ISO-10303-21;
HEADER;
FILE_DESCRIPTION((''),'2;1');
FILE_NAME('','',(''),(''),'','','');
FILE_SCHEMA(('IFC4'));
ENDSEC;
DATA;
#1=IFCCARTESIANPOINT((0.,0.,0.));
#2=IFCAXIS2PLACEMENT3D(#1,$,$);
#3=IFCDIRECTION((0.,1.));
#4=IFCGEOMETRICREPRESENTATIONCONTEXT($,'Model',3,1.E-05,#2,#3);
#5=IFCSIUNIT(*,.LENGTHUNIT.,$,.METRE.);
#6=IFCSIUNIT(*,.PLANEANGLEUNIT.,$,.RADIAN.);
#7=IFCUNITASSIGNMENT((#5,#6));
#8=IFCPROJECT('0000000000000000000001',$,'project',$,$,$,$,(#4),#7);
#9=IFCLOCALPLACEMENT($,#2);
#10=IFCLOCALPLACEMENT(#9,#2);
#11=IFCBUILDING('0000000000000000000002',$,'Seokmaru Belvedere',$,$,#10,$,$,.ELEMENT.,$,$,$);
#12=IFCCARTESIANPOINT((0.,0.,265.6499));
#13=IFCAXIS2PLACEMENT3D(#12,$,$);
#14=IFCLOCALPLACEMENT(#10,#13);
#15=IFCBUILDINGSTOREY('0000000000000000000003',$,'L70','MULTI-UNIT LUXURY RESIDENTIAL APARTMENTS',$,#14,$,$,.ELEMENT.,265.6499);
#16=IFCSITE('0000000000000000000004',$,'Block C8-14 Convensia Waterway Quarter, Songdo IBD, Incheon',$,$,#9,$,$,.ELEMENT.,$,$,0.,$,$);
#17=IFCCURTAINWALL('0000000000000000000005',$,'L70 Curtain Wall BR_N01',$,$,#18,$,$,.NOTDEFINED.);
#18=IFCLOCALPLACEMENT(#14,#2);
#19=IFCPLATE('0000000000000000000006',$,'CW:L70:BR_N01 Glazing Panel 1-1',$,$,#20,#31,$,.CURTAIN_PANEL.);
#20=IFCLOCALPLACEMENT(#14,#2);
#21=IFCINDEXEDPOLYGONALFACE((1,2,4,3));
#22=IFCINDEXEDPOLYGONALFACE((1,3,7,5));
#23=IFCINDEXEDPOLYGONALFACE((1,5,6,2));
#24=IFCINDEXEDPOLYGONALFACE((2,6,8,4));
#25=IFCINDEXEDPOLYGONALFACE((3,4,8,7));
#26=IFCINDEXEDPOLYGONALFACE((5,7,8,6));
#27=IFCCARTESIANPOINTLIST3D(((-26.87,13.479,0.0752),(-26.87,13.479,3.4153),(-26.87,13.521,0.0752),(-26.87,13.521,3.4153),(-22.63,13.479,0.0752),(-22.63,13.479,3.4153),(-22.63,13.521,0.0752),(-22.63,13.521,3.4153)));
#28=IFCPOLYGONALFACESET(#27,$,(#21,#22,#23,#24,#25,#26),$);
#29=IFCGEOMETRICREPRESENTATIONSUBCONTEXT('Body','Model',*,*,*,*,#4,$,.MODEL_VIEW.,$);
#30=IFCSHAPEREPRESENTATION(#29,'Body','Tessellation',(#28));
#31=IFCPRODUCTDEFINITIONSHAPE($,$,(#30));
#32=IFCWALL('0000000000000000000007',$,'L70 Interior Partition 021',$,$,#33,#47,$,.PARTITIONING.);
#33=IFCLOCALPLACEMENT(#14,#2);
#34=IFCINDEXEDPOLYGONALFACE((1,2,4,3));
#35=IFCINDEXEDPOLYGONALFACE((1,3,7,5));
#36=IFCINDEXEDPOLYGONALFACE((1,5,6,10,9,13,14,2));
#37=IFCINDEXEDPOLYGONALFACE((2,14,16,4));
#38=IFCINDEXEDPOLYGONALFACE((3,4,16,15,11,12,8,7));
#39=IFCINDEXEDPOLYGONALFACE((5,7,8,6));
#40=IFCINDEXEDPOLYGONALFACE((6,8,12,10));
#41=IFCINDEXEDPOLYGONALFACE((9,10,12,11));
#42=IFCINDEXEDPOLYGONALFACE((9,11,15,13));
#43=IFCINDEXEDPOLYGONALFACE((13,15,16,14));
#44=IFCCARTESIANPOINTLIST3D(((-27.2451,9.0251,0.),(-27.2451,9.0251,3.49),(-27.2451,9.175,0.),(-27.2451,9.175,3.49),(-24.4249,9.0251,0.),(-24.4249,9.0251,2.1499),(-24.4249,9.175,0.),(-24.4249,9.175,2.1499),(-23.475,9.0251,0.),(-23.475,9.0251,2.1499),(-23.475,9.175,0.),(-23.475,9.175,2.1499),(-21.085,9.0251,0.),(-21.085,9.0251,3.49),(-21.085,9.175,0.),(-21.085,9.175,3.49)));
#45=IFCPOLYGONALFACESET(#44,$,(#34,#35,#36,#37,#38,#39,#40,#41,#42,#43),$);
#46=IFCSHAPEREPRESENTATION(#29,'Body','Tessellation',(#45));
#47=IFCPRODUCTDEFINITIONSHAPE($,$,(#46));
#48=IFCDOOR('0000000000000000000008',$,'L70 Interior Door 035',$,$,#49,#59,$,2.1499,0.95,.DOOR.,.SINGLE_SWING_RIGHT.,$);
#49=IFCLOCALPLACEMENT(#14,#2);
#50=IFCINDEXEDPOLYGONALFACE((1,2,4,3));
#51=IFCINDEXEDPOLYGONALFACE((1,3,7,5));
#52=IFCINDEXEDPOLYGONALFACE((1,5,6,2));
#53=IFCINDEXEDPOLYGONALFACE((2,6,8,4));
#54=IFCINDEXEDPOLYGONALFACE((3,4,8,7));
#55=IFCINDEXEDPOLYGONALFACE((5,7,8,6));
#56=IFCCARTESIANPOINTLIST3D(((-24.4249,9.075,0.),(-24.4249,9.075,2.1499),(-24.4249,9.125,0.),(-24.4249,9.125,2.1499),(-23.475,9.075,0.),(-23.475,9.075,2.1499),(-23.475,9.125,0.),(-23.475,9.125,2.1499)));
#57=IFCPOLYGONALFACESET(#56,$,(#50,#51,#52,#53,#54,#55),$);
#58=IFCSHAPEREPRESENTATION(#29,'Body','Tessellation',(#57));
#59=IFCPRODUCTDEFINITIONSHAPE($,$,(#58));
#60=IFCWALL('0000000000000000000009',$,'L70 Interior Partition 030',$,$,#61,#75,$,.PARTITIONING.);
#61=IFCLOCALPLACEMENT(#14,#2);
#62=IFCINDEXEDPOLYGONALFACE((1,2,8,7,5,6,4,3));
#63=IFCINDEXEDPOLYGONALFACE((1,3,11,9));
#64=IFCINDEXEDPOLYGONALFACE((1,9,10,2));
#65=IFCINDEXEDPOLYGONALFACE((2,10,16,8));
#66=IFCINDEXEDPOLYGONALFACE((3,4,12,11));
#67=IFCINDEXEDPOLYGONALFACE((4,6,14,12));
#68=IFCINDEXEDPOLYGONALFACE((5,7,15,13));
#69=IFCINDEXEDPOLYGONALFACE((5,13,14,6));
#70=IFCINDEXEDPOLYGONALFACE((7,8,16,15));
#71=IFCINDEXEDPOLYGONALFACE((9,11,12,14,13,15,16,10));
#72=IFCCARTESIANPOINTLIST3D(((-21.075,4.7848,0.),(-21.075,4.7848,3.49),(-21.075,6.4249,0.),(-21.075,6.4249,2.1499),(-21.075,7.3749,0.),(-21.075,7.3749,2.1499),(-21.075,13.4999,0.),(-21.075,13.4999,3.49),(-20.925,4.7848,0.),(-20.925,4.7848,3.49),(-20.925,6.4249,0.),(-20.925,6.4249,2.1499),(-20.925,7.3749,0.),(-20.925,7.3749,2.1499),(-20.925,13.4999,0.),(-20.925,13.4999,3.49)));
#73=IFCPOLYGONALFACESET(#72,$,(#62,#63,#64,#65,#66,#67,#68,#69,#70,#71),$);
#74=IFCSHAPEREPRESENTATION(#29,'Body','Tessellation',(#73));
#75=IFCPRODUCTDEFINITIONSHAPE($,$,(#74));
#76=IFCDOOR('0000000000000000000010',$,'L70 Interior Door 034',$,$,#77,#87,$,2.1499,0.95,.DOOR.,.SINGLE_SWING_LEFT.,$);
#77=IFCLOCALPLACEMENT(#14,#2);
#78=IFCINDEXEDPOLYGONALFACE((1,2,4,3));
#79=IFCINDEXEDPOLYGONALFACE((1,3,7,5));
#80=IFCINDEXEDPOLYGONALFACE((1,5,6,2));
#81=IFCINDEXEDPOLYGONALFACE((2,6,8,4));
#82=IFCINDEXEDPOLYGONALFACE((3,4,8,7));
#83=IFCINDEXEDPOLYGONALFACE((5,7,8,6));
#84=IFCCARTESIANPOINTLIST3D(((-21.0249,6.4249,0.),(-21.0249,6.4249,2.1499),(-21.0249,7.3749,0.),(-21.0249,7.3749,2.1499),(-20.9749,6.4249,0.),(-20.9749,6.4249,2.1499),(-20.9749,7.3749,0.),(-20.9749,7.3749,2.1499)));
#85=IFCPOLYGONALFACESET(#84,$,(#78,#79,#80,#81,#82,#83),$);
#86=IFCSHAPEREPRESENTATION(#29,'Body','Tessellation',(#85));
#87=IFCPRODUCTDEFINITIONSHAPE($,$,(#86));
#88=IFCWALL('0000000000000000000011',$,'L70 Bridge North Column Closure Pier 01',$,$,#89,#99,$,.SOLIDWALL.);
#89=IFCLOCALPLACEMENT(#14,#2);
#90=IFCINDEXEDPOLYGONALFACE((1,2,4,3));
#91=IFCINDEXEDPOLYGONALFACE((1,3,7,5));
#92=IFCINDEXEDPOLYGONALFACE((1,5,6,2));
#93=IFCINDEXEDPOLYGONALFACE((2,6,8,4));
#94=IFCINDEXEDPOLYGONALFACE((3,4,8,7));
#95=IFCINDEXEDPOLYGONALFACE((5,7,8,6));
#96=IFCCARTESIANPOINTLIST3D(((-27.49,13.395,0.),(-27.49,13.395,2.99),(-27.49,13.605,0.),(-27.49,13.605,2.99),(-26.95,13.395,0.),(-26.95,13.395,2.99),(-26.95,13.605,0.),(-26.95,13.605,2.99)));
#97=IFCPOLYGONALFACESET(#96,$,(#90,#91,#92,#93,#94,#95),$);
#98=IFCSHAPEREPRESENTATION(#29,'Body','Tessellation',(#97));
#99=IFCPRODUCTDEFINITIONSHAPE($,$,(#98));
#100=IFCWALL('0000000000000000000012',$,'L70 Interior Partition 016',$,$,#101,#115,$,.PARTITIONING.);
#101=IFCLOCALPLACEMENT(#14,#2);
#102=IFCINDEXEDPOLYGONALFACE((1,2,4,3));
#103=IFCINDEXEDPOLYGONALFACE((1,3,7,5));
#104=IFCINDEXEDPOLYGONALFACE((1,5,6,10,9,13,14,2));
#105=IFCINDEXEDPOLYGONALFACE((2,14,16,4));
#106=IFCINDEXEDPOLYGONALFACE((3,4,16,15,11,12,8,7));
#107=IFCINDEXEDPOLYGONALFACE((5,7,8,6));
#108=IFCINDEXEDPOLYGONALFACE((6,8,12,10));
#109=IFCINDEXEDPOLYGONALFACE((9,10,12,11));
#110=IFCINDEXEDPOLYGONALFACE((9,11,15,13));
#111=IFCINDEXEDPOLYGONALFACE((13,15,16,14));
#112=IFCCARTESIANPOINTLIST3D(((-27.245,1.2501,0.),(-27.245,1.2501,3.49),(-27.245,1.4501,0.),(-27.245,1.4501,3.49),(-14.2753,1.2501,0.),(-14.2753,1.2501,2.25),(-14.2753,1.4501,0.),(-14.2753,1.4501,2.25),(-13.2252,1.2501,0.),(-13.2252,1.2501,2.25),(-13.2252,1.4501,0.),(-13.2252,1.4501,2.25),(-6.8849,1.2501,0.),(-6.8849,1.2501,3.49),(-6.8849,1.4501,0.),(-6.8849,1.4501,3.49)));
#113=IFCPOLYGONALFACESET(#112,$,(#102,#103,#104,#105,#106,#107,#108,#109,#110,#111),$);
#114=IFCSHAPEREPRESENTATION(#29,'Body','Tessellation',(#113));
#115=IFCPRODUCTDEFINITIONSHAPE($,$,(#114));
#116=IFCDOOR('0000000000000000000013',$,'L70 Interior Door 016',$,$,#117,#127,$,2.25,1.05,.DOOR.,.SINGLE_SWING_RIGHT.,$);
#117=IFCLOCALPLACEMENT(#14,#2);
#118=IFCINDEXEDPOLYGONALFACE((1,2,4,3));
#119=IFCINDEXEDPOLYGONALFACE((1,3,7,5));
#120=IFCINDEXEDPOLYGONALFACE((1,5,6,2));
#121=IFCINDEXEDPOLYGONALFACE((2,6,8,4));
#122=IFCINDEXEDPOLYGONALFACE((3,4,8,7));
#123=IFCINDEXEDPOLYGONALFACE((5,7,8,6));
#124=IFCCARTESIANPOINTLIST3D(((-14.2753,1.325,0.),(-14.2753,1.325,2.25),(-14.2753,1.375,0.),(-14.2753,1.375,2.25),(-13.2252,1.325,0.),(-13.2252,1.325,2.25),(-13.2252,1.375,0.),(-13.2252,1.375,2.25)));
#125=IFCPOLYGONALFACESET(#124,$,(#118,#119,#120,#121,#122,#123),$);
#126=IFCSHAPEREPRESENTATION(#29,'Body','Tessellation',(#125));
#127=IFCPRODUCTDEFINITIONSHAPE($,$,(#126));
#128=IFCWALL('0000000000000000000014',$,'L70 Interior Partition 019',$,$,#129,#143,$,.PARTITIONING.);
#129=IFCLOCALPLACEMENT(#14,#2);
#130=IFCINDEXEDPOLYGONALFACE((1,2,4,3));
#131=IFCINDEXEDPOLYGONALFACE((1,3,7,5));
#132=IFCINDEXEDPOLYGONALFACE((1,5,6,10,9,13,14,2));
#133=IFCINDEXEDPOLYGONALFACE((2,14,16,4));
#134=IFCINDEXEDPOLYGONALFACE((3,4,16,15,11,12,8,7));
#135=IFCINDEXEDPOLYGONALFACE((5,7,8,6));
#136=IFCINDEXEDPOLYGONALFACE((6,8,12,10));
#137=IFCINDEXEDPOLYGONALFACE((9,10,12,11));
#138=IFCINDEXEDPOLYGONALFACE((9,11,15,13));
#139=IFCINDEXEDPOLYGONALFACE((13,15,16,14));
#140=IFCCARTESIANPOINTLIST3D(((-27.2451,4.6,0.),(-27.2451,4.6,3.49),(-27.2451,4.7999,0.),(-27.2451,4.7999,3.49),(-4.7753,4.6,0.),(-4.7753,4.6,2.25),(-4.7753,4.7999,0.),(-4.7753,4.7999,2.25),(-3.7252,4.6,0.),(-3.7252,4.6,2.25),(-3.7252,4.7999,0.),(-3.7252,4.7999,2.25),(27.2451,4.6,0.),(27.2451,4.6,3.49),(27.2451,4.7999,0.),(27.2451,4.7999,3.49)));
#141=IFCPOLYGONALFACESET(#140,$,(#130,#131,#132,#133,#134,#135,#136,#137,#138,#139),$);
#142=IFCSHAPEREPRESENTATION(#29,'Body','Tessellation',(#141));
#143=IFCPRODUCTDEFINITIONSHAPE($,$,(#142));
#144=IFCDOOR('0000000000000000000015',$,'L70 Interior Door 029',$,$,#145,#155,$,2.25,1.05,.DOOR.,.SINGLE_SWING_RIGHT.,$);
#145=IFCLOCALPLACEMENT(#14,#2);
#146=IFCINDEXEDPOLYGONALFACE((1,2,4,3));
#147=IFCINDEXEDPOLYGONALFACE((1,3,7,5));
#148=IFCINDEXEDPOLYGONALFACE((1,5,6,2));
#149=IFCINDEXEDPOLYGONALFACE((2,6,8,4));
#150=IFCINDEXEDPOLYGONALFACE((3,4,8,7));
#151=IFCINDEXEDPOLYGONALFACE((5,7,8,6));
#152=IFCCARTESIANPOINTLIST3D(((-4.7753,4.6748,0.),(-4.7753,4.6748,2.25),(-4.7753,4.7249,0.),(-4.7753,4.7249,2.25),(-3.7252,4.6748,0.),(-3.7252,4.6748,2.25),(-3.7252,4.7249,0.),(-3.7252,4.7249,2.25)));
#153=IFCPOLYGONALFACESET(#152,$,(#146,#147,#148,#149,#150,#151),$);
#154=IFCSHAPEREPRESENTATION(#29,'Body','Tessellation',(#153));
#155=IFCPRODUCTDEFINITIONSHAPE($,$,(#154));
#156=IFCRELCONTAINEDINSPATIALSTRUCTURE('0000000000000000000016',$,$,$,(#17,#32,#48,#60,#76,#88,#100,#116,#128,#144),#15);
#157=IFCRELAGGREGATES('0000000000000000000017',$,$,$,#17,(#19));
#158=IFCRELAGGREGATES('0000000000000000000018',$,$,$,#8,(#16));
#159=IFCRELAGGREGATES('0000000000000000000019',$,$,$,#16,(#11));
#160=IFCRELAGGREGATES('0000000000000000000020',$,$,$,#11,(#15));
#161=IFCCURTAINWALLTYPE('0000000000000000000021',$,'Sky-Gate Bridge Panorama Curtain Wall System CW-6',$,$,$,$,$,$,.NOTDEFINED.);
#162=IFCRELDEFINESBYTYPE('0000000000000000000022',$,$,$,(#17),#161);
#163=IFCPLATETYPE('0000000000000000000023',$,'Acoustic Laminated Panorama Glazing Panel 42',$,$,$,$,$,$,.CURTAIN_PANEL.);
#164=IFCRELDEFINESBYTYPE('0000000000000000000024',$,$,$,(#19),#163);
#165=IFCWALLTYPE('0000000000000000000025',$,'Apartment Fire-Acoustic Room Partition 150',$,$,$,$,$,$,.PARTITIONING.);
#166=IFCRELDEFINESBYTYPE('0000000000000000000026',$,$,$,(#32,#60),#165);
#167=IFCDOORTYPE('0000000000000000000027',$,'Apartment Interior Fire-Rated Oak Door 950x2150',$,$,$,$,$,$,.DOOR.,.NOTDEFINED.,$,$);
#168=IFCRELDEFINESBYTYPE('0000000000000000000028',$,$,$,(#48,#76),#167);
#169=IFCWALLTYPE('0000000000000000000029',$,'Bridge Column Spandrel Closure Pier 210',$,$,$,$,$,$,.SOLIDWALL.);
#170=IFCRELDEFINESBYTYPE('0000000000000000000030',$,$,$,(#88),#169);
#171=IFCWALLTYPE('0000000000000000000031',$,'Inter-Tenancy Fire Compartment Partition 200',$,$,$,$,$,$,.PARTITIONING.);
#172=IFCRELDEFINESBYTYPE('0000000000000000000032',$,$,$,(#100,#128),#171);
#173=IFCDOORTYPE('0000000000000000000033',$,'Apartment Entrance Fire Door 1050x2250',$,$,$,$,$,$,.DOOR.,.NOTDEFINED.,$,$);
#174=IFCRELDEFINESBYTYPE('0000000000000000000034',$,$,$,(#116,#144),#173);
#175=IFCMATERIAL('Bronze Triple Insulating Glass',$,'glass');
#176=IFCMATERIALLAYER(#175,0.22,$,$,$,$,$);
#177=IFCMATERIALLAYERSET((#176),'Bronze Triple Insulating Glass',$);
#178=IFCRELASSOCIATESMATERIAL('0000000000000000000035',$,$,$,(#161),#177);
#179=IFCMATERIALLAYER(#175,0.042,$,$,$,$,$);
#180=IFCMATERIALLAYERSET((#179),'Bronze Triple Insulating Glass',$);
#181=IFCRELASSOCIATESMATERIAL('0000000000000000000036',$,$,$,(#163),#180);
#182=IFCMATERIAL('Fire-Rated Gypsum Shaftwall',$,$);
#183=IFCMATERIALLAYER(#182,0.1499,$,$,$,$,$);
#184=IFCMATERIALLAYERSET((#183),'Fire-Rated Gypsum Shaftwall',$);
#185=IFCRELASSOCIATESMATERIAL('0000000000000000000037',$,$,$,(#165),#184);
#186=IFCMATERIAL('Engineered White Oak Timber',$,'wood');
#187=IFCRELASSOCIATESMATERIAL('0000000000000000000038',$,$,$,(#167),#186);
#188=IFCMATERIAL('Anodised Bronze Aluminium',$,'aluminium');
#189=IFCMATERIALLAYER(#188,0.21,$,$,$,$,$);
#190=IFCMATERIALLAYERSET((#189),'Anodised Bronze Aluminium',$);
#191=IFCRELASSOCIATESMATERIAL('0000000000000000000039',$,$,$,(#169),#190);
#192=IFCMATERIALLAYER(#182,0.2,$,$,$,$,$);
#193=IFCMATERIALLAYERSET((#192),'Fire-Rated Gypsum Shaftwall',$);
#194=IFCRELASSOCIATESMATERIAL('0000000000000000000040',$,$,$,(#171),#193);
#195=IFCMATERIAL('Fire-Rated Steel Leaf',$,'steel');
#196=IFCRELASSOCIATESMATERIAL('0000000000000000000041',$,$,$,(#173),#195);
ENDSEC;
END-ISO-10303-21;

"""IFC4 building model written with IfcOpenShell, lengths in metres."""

from ifc_helpers import new_model, si_unit, direction, frame, frame_2d, origin, origin_2d, place, context, subcontext, project, spatial, rectangle, extrude, source, transform, mapped, material, layer, layer_set, type_object, type_shapes, element, fill, aggregate, save


model = new_model("IFC4")

# Units and contexts
model_context = context("Model", 3, precision=1e-05, world=origin(), true_north=direction((0.0, 1.0)))
body_context = subcontext(model_context, "Body", "Model", "MODEL_VIEW")
ifc_project = project(units=[si_unit("LENGTHUNIT", "METRE"), si_unit("PLANEANGLEUNIT", "RADIAN")], contexts=[model_context])

# Site, building, storey
site_placement = place(None, origin())
site = spatial("IfcSite", under=ifc_project, at=site_placement, Name="Block C8-14 Convensia Waterway Quarter, Songdo IBD, Incheon", CompositionType="ELEMENT", RefElevation=0.0)
building_placement = place(site_placement, origin())
building = spatial("IfcBuilding", under=site, at=building_placement, Name="Seokmaru Belvedere", CompositionType="ELEMENT")
storey_placement = place(building_placement, frame((0.0, 0.0, 265.6499)))
storey = spatial("IfcBuildingStorey", under=building, at=storey_placement, Name="L70", Description="MULTI-UNIT LUXURY RESIDENTIAL APARTMENTS", CompositionType="ELEMENT", Elevation=265.6499)

# Curtain wall, plate
ifc_material_1 = material(Name="Bronze Triple Insulating Glass", Category="glass")
ifc_layer_1 = layer(ifc_material_1, 0.22)
ifc_layer_set_1 = layer_set([ifc_layer_1], Name="Bronze Triple Insulating Glass")
curtain_wall_type = type_object("IfcCurtainWallType", Name="Sky-Gate Bridge Panorama Curtain Wall System CW-6", PredefinedType="NOTDEFINED", material=ifc_layer_set_1)
curtain_wall_placement = place(storey_placement, origin())
curtain_wall = element("IfcCurtainWall", 1, at=curtain_wall_placement, inside=storey, type_object=curtain_wall_type, Name="L70 Curtain Wall BR_N01", PredefinedType="NOTDEFINED")
ifc_material_2 = material(Name="Anodised Bronze Aluminium", Category="aluminium")
ifc_layer_2 = layer(ifc_material_1, 0.042)
ifc_layer_set_2 = layer_set([ifc_layer_2], Name="Bronze Triple Insulating Glass")
plate_type = type_object("IfcPlateType", Name="Acoustic Laminated Panorama Glazing Panel 42", PredefinedType="CURTAIN_PANEL", material=ifc_layer_set_2)
shared_shape_1 = source(origin(), body_context, "Body", "SweptSolid", [
    extrude(rectangle(XDim=4.24, YDim=0.042, at=origin_2d()), origin(), (0.0, 0.0, 1.0), 3.3401),
])
type_shapes(plate_type, [shared_shape_1])
plate_placement = place(storey_placement, frame((-24.75, 13.5, 0.0752), z_axis=(0.0, 0.0, 1.0), x_axis=(-1.0, 0.0, 0.0)))
plate = element("IfcPlate", 2, at=plate_placement, type_object=plate_type, Name="CW:L70:BR_N01 Glazing Panel 1-1", PredefinedType="CURTAIN_PANEL", context=body_context, shape_type="MappedRepresentation", body=[
    mapped(shared_shape_1, transform((0.0, 0.0, 0.0), scale=1.0)),
])
aggregate(curtain_wall, [plate])

# Walls, openings, doors
ifc_material_3 = material(Name="Fire-Rated Gypsum Shaftwall")
ifc_layer_3 = layer(ifc_material_3, 0.1499)
ifc_layer_set_3 = layer_set([ifc_layer_3], Name="Fire-Rated Gypsum Shaftwall")
wall_type_1 = type_object("IfcWallType", Name="Apartment Fire-Acoustic Room Partition 150", PredefinedType="PARTITIONING", material=ifc_layer_set_3)
wall_1_placement = place(storey_placement, frame((-27.2451, 9.1001, 0.0), z_axis=(0.0, 0.0, 1.0), x_axis=(1.0, 0.0, 0.0)))
wall_1 = element("IfcWall", 3, at=wall_1_placement, inside=storey, type_object=wall_type_1, Name="L70 Interior Partition 021", PredefinedType="PARTITIONING", context=body_context, shape_type="SweptSolid", body=[
    extrude(rectangle(XDim=6.1602, YDim=0.1499, at=frame_2d((3.0801, 0.0))), origin(), (0.0, 0.0, 1.0), 3.49),
])
opening_1_placement = place(wall_1_placement, frame((2.8201, 0.0, 0.0)))
opening_1 = element("IfcOpeningElement", 4, at=opening_1_placement, cuts=wall_1, PredefinedType="OPENING", context=body_context, shape_type="SweptSolid", body=[
    extrude(rectangle(XDim=0.95, YDim=2.1499, at=frame_2d((0.4751, 1.075))), frame((0.0, 0.085, 0.0), z_axis=(0.0, -1.0, 0.0), x_axis=(1.0, 0.0, 0.0)), (0.0, 0.0, 1.0), 0.1699),
])
ifc_material_4 = material(Name="Engineered White Oak Timber", Category="wood")
door_type_1 = type_object("IfcDoorType", Name="Apartment Interior Fire-Rated Oak Door 950x2150", OperationType="NOTDEFINED", PredefinedType="DOOR", material=ifc_material_4)
shared_shape_2 = source(origin(), body_context, "Body", "SweptSolid", [
    extrude(rectangle(XDim=0.95, YDim=2.1499, at=frame_2d((0.4751, 1.075))), frame((0.0, 0.0249, 0.0), z_axis=(0.0, -1.0, 0.0), x_axis=(1.0, 0.0, 0.0)), (0.0, 0.0, 1.0), 0.05),
])
type_shapes(door_type_1, [shared_shape_2])
door_1_placement = place(opening_1_placement, origin())
door_1 = element("IfcDoor", 5, at=door_1_placement, inside=storey, type_object=door_type_1, Name="L70 Interior Door 035", OperationType="SINGLE_SWING_RIGHT", OverallHeight=2.1499, OverallWidth=0.95, PredefinedType="DOOR", context=body_context, shape_type="MappedRepresentation", body=[
    mapped(shared_shape_2, transform((0.0, 0.0, 0.0), scale=1.0)),
])
fill(opening_1, door_1)
wall_2_placement = place(storey_placement, frame((-21.0, 4.7849, 0.0), z_axis=(0.0, 0.0, 1.0), x_axis=(0.0, 1.0, 0.0)))
wall_2 = element("IfcWall", 6, at=wall_2_placement, inside=storey, type_object=wall_type_1, Name="L70 Interior Partition 030", PredefinedType="PARTITIONING", context=body_context, shape_type="SweptSolid", body=[
    extrude(rectangle(XDim=8.7151, YDim=0.1499, at=frame_2d((4.3574, 0.0))), origin(), (0.0, 0.0, 1.0), 3.49),
])
opening_2_placement = place(wall_2_placement, frame((1.6399, 0.0, 0.0)))
opening_2 = element("IfcOpeningElement", 7, at=opening_2_placement, cuts=wall_2, PredefinedType="OPENING", context=body_context, shape_type="SweptSolid", body=[
    extrude(rectangle(XDim=0.95, YDim=2.1499, at=frame_2d((0.4751, 1.075))), frame((0.0, 0.085, 0.0), z_axis=(0.0, -1.0, 0.0), x_axis=(1.0, 0.0, 0.0)), (0.0, 0.0, 1.0), 0.1699),
])
door_2_placement = place(opening_2_placement, origin())
door_2 = element("IfcDoor", 8, at=door_2_placement, inside=storey, type_object=door_type_1, Name="L70 Interior Door 034", OperationType="SINGLE_SWING_LEFT", OverallHeight=2.1499, OverallWidth=0.95, PredefinedType="DOOR", context=body_context, shape_type="MappedRepresentation", body=[
    mapped(shared_shape_2, transform((0.0, 0.0, 0.0), scale=1.0)),
])
fill(opening_2, door_2)

# Wall
ifc_layer_4 = layer(ifc_material_2, 0.21)
ifc_layer_set_4 = layer_set([ifc_layer_4], Name="Anodised Bronze Aluminium")
wall_type_2 = type_object("IfcWallType", Name="Bridge Column Spandrel Closure Pier 210", PredefinedType="SOLIDWALL", material=ifc_layer_set_4)
wall_3_placement = place(storey_placement, frame((-27.49, 13.5, 0.0), z_axis=(0.0, 0.0, 1.0), x_axis=(1.0, 0.0, 0.0)))
element("IfcWall", 9, at=wall_3_placement, inside=storey, type_object=wall_type_2, Name="L70 Bridge North Column Closure Pier 01", PredefinedType="SOLIDWALL", context=body_context, shape_type="SweptSolid", body=[
    extrude(rectangle(XDim=0.54, YDim=0.21, at=frame_2d((0.27, 0.0))), origin(), (0.0, 0.0, 1.0), 2.99),
])

# Walls, openings, doors
ifc_layer_5 = layer(ifc_material_3, 0.2)
ifc_layer_set_5 = layer_set([ifc_layer_5], Name="Fire-Rated Gypsum Shaftwall")
wall_type_3 = type_object("IfcWallType", Name="Inter-Tenancy Fire Compartment Partition 200", PredefinedType="PARTITIONING", material=ifc_layer_set_5)
wall_4_placement = place(storey_placement, frame((-27.2451, 1.3501, 0.0), z_axis=(0.0, 0.0, 1.0), x_axis=(1.0, 0.0, 0.0)))
wall_4 = element("IfcWall", 10, at=wall_4_placement, inside=storey, type_object=wall_type_3, Name="L70 Interior Partition 016", PredefinedType="PARTITIONING", context=body_context, shape_type="SweptSolid", body=[
    extrude(rectangle(XDim=20.3601, YDim=0.2, at=frame_2d((10.1802, 0.0))), origin(), (0.0, 0.0, 1.0), 3.49),
])
opening_3_placement = place(wall_4_placement, frame((12.97, 0.0, 0.0)))
opening_3 = element("IfcOpeningElement", 11, at=opening_3_placement, cuts=wall_4, PredefinedType="OPENING", context=body_context, shape_type="SweptSolid", body=[
    extrude(rectangle(XDim=1.05, YDim=2.25, at=frame_2d((0.5249, 1.125))), frame((0.0, 0.1099, 0.0), z_axis=(0.0, -1.0, 0.0), x_axis=(1.0, 0.0, 0.0)), (0.0, 0.0, 1.0), 0.22),
])
ifc_material_5 = material(Name="Fire-Rated Steel Leaf", Category="steel")
door_type_2 = type_object("IfcDoorType", Name="Apartment Entrance Fire Door 1050x2250", OperationType="NOTDEFINED", PredefinedType="DOOR", material=ifc_material_5)
shared_shape_3 = source(origin(), body_context, "Body", "SweptSolid", [
    extrude(rectangle(XDim=1.05, YDim=2.25, at=frame_2d((0.5249, 1.125))), frame((0.0, 0.0249, 0.0), z_axis=(0.0, -1.0, 0.0), x_axis=(1.0, 0.0, 0.0)), (0.0, 0.0, 1.0), 0.05),
])
type_shapes(door_type_2, [shared_shape_3])
door_3_placement = place(opening_3_placement, origin())
door_3 = element("IfcDoor", 12, at=door_3_placement, inside=storey, type_object=door_type_2, Name="L70 Interior Door 016", OperationType="SINGLE_SWING_RIGHT", OverallHeight=2.25, OverallWidth=1.05, PredefinedType="DOOR", context=body_context, shape_type="MappedRepresentation", body=[
    mapped(shared_shape_3, transform((0.0, 0.0, 0.0), scale=1.0)),
])
fill(opening_3, door_3)
wall_5_placement = place(storey_placement, frame((-27.2451, 4.7, 0.0), z_axis=(0.0, 0.0, 1.0), x_axis=(1.0, 0.0, 0.0)))
wall_5 = element("IfcWall", 13, at=wall_5_placement, inside=storey, type_object=wall_type_3, Name="L70 Interior Partition 019", PredefinedType="PARTITIONING", context=body_context, shape_type="SweptSolid", body=[
    extrude(rectangle(XDim=54.4902, YDim=0.2, at=frame_2d((27.2451, 0.0))), origin(), (0.0, 0.0, 1.0), 3.49),
])
opening_4_placement = place(wall_5_placement, frame((22.47, 0.0, 0.0)))
opening_4 = element("IfcOpeningElement", 14, at=opening_4_placement, cuts=wall_5, PredefinedType="OPENING", context=body_context, shape_type="SweptSolid", body=[
    extrude(rectangle(XDim=1.05, YDim=2.25, at=frame_2d((0.5249, 1.125))), frame((0.0, 0.1099, 0.0), z_axis=(0.0, -1.0, 0.0), x_axis=(1.0, 0.0, 0.0)), (0.0, 0.0, 1.0), 0.22),
])
door_4_placement = place(opening_4_placement, origin())
door_4 = element("IfcDoor", 15, at=door_4_placement, inside=storey, type_object=door_type_2, Name="L70 Interior Door 029", OperationType="SINGLE_SWING_RIGHT", OverallHeight=2.25, OverallWidth=1.05, PredefinedType="DOOR", context=body_context, shape_type="MappedRepresentation", body=[
    mapped(shared_shape_3, transform((0.0, 0.0, 0.0), scale=1.0)),
])
fill(opening_4, door_4)

save(model, "model.ifc")
